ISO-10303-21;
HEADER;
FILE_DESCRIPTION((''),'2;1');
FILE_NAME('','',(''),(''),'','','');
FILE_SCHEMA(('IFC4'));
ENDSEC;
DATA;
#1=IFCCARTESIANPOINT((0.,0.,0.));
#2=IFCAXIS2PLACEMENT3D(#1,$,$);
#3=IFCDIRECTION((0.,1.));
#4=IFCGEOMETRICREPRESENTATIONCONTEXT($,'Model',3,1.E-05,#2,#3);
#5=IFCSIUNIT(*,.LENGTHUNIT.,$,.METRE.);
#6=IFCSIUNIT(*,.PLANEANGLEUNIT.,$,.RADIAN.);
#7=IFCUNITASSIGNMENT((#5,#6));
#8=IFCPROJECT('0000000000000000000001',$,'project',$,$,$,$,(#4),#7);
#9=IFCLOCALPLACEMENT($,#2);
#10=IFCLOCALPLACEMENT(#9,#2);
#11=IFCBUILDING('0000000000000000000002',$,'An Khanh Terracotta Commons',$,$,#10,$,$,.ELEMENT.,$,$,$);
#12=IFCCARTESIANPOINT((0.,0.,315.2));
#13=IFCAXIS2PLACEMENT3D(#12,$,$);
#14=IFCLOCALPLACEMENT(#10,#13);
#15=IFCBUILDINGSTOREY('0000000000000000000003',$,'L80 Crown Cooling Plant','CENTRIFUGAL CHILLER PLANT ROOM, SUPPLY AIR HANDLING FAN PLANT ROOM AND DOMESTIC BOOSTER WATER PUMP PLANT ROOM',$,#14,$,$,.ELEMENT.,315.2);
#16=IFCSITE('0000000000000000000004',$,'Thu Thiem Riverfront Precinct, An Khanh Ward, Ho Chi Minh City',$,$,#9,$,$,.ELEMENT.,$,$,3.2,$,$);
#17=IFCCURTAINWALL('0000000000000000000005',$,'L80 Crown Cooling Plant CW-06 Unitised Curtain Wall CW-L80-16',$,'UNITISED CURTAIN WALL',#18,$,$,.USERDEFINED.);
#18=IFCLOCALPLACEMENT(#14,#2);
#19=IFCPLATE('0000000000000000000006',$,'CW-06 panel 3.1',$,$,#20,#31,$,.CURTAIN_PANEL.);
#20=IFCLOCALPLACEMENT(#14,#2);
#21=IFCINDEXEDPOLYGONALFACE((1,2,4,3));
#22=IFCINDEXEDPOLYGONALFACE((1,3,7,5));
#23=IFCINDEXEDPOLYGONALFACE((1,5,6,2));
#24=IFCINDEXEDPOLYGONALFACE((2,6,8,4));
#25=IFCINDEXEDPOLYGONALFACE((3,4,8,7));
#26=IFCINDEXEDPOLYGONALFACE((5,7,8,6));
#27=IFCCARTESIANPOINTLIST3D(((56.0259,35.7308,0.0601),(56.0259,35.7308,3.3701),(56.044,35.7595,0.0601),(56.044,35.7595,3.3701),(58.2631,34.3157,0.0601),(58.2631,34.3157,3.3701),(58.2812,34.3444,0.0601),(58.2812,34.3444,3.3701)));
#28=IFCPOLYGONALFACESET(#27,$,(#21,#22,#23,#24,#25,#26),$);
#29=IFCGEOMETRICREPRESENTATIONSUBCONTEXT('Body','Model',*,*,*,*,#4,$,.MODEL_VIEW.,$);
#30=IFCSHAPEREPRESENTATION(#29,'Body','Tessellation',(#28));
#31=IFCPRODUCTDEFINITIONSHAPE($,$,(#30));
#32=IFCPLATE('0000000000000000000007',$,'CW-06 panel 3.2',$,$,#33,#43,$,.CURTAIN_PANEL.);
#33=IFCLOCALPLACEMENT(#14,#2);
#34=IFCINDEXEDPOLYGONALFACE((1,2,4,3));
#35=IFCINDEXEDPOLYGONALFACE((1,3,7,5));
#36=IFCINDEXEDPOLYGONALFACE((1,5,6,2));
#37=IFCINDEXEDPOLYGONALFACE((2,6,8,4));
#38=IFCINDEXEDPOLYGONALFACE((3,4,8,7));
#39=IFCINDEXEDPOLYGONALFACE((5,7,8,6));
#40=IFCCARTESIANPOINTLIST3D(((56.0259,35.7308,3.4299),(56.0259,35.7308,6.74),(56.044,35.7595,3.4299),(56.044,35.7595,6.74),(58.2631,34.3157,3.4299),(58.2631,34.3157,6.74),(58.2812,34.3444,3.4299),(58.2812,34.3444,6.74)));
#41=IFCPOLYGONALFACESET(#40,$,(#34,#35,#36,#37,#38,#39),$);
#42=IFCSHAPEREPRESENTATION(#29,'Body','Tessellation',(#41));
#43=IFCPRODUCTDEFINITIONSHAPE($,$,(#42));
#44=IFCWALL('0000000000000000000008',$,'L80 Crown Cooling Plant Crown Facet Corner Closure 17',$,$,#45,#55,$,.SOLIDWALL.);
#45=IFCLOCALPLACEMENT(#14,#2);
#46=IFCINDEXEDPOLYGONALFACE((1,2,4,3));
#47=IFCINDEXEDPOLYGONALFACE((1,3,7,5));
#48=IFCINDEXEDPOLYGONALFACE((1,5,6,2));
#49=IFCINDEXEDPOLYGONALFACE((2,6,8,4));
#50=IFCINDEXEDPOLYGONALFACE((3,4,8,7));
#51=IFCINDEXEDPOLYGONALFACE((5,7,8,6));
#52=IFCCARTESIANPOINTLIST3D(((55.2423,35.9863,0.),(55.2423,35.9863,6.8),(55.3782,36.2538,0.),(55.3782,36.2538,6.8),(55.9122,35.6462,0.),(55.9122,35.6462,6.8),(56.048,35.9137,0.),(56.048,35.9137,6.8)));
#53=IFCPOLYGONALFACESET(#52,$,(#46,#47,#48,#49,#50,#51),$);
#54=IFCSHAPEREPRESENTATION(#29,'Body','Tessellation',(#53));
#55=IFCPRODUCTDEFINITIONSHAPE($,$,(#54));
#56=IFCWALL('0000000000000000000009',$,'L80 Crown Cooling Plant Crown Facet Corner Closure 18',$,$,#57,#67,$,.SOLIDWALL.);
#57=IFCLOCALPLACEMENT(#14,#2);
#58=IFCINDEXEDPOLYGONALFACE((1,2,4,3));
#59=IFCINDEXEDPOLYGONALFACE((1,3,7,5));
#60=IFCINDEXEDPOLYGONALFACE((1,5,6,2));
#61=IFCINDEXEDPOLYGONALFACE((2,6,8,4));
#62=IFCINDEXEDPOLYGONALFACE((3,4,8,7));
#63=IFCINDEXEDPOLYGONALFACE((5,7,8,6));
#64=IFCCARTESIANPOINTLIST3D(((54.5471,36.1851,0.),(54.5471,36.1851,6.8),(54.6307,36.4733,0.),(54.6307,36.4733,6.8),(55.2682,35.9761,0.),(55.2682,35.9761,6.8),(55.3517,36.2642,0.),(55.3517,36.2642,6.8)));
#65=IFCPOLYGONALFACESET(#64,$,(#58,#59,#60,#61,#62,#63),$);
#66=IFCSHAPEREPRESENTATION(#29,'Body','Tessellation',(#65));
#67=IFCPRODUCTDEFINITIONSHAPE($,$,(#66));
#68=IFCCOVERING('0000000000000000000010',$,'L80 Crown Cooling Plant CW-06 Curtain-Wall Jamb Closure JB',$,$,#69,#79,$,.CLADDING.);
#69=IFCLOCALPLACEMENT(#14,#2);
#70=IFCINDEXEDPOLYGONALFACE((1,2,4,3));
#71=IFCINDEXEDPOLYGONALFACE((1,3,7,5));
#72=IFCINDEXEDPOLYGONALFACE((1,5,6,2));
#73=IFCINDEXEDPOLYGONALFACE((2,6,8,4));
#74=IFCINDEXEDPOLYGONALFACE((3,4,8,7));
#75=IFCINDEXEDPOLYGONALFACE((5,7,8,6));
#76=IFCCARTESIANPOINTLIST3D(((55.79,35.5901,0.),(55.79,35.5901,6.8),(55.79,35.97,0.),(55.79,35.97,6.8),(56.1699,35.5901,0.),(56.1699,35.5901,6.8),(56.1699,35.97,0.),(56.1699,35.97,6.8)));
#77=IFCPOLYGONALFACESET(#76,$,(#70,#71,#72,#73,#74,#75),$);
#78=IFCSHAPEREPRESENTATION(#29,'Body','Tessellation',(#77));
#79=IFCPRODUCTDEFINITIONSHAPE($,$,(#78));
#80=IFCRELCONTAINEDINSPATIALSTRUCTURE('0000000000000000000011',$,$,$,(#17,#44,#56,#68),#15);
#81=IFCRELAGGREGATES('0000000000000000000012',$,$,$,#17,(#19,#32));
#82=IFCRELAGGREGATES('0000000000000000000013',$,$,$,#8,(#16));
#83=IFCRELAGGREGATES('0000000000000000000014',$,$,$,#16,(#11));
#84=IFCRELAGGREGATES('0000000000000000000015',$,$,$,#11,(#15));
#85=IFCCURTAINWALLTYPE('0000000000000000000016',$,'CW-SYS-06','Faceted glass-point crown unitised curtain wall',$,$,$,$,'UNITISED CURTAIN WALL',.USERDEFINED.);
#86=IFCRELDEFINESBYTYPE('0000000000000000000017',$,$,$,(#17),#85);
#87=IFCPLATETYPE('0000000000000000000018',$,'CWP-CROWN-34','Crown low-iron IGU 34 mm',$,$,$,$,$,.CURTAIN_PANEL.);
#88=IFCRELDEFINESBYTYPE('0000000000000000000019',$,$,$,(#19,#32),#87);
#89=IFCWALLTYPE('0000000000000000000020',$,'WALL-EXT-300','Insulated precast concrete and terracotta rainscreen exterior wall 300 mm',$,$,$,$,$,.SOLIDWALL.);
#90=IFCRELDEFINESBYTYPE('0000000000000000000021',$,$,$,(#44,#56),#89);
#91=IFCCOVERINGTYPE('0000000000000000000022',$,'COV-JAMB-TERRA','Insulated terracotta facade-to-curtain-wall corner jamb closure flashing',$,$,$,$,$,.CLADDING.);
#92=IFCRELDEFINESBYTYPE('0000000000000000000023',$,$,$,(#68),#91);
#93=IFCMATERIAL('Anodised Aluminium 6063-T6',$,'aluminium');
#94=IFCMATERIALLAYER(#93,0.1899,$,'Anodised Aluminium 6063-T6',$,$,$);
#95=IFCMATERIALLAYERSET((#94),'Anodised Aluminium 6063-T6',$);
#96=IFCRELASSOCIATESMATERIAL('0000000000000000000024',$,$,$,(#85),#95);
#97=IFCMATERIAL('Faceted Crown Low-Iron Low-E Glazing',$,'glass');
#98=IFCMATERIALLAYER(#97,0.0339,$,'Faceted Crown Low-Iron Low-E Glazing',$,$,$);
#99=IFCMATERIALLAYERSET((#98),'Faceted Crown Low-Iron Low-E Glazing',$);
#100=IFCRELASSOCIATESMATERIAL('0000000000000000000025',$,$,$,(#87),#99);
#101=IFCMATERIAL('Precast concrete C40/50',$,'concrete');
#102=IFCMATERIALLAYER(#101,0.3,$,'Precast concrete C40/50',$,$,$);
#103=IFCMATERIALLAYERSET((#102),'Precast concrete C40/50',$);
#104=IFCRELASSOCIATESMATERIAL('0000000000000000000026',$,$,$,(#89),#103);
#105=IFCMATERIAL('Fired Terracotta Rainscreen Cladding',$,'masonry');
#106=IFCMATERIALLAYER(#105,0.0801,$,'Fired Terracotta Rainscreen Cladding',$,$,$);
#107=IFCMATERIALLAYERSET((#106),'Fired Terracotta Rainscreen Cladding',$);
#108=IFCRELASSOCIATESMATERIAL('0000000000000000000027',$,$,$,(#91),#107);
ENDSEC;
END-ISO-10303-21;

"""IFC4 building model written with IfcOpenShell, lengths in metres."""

from ifc_helpers import new_model, si_unit, direction, frame, frame_2d, origin, origin_2d, place, context, subcontext, project, spatial, rectangle, extrude, material, layer, layer_set, type_object, element, aggregate, save


model = new_model("IFC4")

# Units and contexts
model_context = context("Model", 3, precision=1e-05, world=origin(), true_north=direction((0.0, 1.0)))
body_context = subcontext(model_context, "Body", "Model", "MODEL_VIEW")
ifc_project = project(units=[si_unit("LENGTHUNIT", "METRE"), si_unit("PLANEANGLEUNIT", "RADIAN")], contexts=[model_context])

# Site, building, storey
site_placement = place(None, origin())
site = spatial("IfcSite", under=ifc_project, at=site_placement, Name="Thu Thiem Riverfront Precinct, An Khanh Ward, Ho Chi Minh City", CompositionType="ELEMENT", RefElevation=3.2)
building_placement = place(site_placement, origin())
building = spatial("IfcBuilding", under=site, at=building_placement, Name="An Khanh Terracotta Commons", CompositionType="ELEMENT")
storey_placement = place(building_placement, frame((0.0, 0.0, 315.2)))
storey = spatial("IfcBuildingStorey", under=building, at=storey_placement, Name="L80 Crown Cooling Plant", Description="CENTRIFUGAL CHILLER PLANT ROOM, SUPPLY AIR HANDLING FAN PLANT ROOM AND DOMESTIC BOOSTER WATER PUMP PLANT ROOM", CompositionType="ELEMENT", Elevation=315.2)

# Curtain wall, plates
ifc_material_1 = material(Name="Anodised Aluminium 6063-T6", Category="aluminium")
ifc_layer_1 = layer(ifc_material_1, 0.1899, Name="Anodised Aluminium 6063-T6")
ifc_layer_set_1 = layer_set([ifc_layer_1], Name="Anodised Aluminium 6063-T6")
curtain_wall_type = type_object("IfcCurtainWallType", Name="CW-SYS-06", Description="Faceted glass-point crown unitised curtain wall", ElementType="UNITISED CURTAIN WALL", PredefinedType="USERDEFINED", material=ifc_layer_set_1)
curtain_wall_placement = place(storey_placement, origin())
curtain_wall = element("IfcCurtainWall", 1, at=curtain_wall_placement, inside=storey, type_object=curtain_wall_type, Name="L80 Crown Cooling Plant CW-06 Unitised Curtain Wall CW-L80-16", ObjectType="UNITISED CURTAIN WALL", PredefinedType="USERDEFINED")
ifc_material_2 = material(Name="Faceted Crown Low-Iron Low-E Glazing", Category="glass")
ifc_layer_2 = layer(ifc_material_2, 0.0339, Name="Faceted Crown Low-Iron Low-E Glazing")
ifc_layer_set_2 = layer_set([ifc_layer_2], Name="Faceted Crown Low-Iron Low-E Glazing")
plate_type = type_object("IfcPlateType", Name="CWP-CROWN-34", Description="Crown low-iron IGU 34 mm", PredefinedType="CURTAIN_PANEL", material=ifc_layer_set_2)
plate_1_placement = place(storey_placement, frame((57.1536, 35.0376, 0.0601), z_axis=(0.0, 0.0, 1.0), x_axis=(-0.845114, 0.534587, 0.0)))
plate_1 = element("IfcPlate", 2, at=plate_1_placement, type_object=plate_type, Name="CW-06 panel 3.1", PredefinedType="CURTAIN_PANEL", context=body_context, shape_type="SweptSolid", body=[
    extrude(rectangle(XDim=2.6472, YDim=0.0339, at=origin_2d()), origin(), (0.0, 0.0, 1.0), 3.3101),
])
plate_2_placement = place(storey_placement, frame((57.1536, 35.0376, 3.4299), z_axis=(0.0, 0.0, 1.0), x_axis=(-0.845114, 0.534587, 0.0)))
plate_2 = element("IfcPlate", 3, at=plate_2_placement, type_object=plate_type, Name="CW-06 panel 3.2", PredefinedType="CURTAIN_PANEL", context=body_context, shape_type="SweptSolid", body=[
    extrude(rectangle(XDim=2.6472, YDim=0.0339, at=origin_2d()), origin(), (0.0, 0.0, 1.0), 3.3101),
])
aggregate(curtain_wall, [plate_1, plate_2])

# Walls
ifc_material_3 = material(Name="Precast concrete C40/50", Category="concrete")
ifc_layer_3 = layer(ifc_material_3, 0.3, Name="Precast concrete C40/50")
ifc_layer_set_3 = layer_set([ifc_layer_3], Name="Precast concrete C40/50")
wall_type = type_object("IfcWallType", Name="WALL-EXT-300", Description="Insulated precast concrete and terracotta rainscreen exterior wall 300 mm", PredefinedType="SOLIDWALL", material=ifc_layer_set_3)
wall_1_placement = place(storey_placement, frame((55.98, 35.78, 0.0), z_axis=(0.0, 0.0, 1.0), x_axis=(-0.891681, 0.452665, 0.0)))
element("IfcWall", 4, at=wall_1_placement, inside=storey, type_object=wall_type, Name="L80 Crown Cooling Plant Crown Facet Corner Closure 17", PredefinedType="SOLIDWALL", context=body_context, shape_type="SweptSolid", body=[
    extrude(rectangle(XDim=0.7512, YDim=0.3, at=frame_2d((0.3755, 0.0))), origin(), (0.0, 0.0, 1.0), 6.8),
])
wall_2_placement = place(storey_placement, frame((55.3101, 36.1201, 0.0), z_axis=(0.0, 0.0, 1.0), x_axis=(-0.960461, 0.278413, 0.0)))
element("IfcWall", 5, at=wall_2_placement, inside=storey, type_object=wall_type, Name="L80 Crown Cooling Plant Crown Facet Corner Closure 18", PredefinedType="SOLIDWALL", context=body_context, shape_type="SweptSolid", body=[
    extrude(rectangle(XDim=0.7507, YDim=0.3, at=frame_2d((0.3755, 0.0))), origin(), (0.0, 0.0, 1.0), 6.8),
])

# Covering
ifc_material_4 = material(Name="Fired Terracotta Rainscreen Cladding", Category="masonry")
ifc_layer_4 = layer(ifc_material_4, 0.0801, Name="Fired Terracotta Rainscreen Cladding")
ifc_layer_set_4 = layer_set([ifc_layer_4], Name="Fired Terracotta Rainscreen Cladding")
covering_type = type_object("IfcCoveringType", Name="COV-JAMB-TERRA", Description="Insulated terracotta facade-to-curtain-wall corner jamb closure flashing", PredefinedType="CLADDING", material=ifc_layer_set_4)
covering_placement = place(storey_placement, frame((55.98, 35.78, 0.0), z_axis=(0.0, 0.0, 1.0), x_axis=(1.0, 0.0, 0.0)))
element("IfcCovering", 6, at=covering_placement, inside=storey, type_object=covering_type, Name="L80 Crown Cooling Plant CW-06 Curtain-Wall Jamb Closure JB", PredefinedType="CLADDING", context=body_context, shape_type="SweptSolid", body=[
    extrude(rectangle(XDim=0.3799, YDim=0.3799, at=origin_2d()), origin(), (0.0, 0.0, 1.0), 6.8),
])

save(model, "model.ifc")
